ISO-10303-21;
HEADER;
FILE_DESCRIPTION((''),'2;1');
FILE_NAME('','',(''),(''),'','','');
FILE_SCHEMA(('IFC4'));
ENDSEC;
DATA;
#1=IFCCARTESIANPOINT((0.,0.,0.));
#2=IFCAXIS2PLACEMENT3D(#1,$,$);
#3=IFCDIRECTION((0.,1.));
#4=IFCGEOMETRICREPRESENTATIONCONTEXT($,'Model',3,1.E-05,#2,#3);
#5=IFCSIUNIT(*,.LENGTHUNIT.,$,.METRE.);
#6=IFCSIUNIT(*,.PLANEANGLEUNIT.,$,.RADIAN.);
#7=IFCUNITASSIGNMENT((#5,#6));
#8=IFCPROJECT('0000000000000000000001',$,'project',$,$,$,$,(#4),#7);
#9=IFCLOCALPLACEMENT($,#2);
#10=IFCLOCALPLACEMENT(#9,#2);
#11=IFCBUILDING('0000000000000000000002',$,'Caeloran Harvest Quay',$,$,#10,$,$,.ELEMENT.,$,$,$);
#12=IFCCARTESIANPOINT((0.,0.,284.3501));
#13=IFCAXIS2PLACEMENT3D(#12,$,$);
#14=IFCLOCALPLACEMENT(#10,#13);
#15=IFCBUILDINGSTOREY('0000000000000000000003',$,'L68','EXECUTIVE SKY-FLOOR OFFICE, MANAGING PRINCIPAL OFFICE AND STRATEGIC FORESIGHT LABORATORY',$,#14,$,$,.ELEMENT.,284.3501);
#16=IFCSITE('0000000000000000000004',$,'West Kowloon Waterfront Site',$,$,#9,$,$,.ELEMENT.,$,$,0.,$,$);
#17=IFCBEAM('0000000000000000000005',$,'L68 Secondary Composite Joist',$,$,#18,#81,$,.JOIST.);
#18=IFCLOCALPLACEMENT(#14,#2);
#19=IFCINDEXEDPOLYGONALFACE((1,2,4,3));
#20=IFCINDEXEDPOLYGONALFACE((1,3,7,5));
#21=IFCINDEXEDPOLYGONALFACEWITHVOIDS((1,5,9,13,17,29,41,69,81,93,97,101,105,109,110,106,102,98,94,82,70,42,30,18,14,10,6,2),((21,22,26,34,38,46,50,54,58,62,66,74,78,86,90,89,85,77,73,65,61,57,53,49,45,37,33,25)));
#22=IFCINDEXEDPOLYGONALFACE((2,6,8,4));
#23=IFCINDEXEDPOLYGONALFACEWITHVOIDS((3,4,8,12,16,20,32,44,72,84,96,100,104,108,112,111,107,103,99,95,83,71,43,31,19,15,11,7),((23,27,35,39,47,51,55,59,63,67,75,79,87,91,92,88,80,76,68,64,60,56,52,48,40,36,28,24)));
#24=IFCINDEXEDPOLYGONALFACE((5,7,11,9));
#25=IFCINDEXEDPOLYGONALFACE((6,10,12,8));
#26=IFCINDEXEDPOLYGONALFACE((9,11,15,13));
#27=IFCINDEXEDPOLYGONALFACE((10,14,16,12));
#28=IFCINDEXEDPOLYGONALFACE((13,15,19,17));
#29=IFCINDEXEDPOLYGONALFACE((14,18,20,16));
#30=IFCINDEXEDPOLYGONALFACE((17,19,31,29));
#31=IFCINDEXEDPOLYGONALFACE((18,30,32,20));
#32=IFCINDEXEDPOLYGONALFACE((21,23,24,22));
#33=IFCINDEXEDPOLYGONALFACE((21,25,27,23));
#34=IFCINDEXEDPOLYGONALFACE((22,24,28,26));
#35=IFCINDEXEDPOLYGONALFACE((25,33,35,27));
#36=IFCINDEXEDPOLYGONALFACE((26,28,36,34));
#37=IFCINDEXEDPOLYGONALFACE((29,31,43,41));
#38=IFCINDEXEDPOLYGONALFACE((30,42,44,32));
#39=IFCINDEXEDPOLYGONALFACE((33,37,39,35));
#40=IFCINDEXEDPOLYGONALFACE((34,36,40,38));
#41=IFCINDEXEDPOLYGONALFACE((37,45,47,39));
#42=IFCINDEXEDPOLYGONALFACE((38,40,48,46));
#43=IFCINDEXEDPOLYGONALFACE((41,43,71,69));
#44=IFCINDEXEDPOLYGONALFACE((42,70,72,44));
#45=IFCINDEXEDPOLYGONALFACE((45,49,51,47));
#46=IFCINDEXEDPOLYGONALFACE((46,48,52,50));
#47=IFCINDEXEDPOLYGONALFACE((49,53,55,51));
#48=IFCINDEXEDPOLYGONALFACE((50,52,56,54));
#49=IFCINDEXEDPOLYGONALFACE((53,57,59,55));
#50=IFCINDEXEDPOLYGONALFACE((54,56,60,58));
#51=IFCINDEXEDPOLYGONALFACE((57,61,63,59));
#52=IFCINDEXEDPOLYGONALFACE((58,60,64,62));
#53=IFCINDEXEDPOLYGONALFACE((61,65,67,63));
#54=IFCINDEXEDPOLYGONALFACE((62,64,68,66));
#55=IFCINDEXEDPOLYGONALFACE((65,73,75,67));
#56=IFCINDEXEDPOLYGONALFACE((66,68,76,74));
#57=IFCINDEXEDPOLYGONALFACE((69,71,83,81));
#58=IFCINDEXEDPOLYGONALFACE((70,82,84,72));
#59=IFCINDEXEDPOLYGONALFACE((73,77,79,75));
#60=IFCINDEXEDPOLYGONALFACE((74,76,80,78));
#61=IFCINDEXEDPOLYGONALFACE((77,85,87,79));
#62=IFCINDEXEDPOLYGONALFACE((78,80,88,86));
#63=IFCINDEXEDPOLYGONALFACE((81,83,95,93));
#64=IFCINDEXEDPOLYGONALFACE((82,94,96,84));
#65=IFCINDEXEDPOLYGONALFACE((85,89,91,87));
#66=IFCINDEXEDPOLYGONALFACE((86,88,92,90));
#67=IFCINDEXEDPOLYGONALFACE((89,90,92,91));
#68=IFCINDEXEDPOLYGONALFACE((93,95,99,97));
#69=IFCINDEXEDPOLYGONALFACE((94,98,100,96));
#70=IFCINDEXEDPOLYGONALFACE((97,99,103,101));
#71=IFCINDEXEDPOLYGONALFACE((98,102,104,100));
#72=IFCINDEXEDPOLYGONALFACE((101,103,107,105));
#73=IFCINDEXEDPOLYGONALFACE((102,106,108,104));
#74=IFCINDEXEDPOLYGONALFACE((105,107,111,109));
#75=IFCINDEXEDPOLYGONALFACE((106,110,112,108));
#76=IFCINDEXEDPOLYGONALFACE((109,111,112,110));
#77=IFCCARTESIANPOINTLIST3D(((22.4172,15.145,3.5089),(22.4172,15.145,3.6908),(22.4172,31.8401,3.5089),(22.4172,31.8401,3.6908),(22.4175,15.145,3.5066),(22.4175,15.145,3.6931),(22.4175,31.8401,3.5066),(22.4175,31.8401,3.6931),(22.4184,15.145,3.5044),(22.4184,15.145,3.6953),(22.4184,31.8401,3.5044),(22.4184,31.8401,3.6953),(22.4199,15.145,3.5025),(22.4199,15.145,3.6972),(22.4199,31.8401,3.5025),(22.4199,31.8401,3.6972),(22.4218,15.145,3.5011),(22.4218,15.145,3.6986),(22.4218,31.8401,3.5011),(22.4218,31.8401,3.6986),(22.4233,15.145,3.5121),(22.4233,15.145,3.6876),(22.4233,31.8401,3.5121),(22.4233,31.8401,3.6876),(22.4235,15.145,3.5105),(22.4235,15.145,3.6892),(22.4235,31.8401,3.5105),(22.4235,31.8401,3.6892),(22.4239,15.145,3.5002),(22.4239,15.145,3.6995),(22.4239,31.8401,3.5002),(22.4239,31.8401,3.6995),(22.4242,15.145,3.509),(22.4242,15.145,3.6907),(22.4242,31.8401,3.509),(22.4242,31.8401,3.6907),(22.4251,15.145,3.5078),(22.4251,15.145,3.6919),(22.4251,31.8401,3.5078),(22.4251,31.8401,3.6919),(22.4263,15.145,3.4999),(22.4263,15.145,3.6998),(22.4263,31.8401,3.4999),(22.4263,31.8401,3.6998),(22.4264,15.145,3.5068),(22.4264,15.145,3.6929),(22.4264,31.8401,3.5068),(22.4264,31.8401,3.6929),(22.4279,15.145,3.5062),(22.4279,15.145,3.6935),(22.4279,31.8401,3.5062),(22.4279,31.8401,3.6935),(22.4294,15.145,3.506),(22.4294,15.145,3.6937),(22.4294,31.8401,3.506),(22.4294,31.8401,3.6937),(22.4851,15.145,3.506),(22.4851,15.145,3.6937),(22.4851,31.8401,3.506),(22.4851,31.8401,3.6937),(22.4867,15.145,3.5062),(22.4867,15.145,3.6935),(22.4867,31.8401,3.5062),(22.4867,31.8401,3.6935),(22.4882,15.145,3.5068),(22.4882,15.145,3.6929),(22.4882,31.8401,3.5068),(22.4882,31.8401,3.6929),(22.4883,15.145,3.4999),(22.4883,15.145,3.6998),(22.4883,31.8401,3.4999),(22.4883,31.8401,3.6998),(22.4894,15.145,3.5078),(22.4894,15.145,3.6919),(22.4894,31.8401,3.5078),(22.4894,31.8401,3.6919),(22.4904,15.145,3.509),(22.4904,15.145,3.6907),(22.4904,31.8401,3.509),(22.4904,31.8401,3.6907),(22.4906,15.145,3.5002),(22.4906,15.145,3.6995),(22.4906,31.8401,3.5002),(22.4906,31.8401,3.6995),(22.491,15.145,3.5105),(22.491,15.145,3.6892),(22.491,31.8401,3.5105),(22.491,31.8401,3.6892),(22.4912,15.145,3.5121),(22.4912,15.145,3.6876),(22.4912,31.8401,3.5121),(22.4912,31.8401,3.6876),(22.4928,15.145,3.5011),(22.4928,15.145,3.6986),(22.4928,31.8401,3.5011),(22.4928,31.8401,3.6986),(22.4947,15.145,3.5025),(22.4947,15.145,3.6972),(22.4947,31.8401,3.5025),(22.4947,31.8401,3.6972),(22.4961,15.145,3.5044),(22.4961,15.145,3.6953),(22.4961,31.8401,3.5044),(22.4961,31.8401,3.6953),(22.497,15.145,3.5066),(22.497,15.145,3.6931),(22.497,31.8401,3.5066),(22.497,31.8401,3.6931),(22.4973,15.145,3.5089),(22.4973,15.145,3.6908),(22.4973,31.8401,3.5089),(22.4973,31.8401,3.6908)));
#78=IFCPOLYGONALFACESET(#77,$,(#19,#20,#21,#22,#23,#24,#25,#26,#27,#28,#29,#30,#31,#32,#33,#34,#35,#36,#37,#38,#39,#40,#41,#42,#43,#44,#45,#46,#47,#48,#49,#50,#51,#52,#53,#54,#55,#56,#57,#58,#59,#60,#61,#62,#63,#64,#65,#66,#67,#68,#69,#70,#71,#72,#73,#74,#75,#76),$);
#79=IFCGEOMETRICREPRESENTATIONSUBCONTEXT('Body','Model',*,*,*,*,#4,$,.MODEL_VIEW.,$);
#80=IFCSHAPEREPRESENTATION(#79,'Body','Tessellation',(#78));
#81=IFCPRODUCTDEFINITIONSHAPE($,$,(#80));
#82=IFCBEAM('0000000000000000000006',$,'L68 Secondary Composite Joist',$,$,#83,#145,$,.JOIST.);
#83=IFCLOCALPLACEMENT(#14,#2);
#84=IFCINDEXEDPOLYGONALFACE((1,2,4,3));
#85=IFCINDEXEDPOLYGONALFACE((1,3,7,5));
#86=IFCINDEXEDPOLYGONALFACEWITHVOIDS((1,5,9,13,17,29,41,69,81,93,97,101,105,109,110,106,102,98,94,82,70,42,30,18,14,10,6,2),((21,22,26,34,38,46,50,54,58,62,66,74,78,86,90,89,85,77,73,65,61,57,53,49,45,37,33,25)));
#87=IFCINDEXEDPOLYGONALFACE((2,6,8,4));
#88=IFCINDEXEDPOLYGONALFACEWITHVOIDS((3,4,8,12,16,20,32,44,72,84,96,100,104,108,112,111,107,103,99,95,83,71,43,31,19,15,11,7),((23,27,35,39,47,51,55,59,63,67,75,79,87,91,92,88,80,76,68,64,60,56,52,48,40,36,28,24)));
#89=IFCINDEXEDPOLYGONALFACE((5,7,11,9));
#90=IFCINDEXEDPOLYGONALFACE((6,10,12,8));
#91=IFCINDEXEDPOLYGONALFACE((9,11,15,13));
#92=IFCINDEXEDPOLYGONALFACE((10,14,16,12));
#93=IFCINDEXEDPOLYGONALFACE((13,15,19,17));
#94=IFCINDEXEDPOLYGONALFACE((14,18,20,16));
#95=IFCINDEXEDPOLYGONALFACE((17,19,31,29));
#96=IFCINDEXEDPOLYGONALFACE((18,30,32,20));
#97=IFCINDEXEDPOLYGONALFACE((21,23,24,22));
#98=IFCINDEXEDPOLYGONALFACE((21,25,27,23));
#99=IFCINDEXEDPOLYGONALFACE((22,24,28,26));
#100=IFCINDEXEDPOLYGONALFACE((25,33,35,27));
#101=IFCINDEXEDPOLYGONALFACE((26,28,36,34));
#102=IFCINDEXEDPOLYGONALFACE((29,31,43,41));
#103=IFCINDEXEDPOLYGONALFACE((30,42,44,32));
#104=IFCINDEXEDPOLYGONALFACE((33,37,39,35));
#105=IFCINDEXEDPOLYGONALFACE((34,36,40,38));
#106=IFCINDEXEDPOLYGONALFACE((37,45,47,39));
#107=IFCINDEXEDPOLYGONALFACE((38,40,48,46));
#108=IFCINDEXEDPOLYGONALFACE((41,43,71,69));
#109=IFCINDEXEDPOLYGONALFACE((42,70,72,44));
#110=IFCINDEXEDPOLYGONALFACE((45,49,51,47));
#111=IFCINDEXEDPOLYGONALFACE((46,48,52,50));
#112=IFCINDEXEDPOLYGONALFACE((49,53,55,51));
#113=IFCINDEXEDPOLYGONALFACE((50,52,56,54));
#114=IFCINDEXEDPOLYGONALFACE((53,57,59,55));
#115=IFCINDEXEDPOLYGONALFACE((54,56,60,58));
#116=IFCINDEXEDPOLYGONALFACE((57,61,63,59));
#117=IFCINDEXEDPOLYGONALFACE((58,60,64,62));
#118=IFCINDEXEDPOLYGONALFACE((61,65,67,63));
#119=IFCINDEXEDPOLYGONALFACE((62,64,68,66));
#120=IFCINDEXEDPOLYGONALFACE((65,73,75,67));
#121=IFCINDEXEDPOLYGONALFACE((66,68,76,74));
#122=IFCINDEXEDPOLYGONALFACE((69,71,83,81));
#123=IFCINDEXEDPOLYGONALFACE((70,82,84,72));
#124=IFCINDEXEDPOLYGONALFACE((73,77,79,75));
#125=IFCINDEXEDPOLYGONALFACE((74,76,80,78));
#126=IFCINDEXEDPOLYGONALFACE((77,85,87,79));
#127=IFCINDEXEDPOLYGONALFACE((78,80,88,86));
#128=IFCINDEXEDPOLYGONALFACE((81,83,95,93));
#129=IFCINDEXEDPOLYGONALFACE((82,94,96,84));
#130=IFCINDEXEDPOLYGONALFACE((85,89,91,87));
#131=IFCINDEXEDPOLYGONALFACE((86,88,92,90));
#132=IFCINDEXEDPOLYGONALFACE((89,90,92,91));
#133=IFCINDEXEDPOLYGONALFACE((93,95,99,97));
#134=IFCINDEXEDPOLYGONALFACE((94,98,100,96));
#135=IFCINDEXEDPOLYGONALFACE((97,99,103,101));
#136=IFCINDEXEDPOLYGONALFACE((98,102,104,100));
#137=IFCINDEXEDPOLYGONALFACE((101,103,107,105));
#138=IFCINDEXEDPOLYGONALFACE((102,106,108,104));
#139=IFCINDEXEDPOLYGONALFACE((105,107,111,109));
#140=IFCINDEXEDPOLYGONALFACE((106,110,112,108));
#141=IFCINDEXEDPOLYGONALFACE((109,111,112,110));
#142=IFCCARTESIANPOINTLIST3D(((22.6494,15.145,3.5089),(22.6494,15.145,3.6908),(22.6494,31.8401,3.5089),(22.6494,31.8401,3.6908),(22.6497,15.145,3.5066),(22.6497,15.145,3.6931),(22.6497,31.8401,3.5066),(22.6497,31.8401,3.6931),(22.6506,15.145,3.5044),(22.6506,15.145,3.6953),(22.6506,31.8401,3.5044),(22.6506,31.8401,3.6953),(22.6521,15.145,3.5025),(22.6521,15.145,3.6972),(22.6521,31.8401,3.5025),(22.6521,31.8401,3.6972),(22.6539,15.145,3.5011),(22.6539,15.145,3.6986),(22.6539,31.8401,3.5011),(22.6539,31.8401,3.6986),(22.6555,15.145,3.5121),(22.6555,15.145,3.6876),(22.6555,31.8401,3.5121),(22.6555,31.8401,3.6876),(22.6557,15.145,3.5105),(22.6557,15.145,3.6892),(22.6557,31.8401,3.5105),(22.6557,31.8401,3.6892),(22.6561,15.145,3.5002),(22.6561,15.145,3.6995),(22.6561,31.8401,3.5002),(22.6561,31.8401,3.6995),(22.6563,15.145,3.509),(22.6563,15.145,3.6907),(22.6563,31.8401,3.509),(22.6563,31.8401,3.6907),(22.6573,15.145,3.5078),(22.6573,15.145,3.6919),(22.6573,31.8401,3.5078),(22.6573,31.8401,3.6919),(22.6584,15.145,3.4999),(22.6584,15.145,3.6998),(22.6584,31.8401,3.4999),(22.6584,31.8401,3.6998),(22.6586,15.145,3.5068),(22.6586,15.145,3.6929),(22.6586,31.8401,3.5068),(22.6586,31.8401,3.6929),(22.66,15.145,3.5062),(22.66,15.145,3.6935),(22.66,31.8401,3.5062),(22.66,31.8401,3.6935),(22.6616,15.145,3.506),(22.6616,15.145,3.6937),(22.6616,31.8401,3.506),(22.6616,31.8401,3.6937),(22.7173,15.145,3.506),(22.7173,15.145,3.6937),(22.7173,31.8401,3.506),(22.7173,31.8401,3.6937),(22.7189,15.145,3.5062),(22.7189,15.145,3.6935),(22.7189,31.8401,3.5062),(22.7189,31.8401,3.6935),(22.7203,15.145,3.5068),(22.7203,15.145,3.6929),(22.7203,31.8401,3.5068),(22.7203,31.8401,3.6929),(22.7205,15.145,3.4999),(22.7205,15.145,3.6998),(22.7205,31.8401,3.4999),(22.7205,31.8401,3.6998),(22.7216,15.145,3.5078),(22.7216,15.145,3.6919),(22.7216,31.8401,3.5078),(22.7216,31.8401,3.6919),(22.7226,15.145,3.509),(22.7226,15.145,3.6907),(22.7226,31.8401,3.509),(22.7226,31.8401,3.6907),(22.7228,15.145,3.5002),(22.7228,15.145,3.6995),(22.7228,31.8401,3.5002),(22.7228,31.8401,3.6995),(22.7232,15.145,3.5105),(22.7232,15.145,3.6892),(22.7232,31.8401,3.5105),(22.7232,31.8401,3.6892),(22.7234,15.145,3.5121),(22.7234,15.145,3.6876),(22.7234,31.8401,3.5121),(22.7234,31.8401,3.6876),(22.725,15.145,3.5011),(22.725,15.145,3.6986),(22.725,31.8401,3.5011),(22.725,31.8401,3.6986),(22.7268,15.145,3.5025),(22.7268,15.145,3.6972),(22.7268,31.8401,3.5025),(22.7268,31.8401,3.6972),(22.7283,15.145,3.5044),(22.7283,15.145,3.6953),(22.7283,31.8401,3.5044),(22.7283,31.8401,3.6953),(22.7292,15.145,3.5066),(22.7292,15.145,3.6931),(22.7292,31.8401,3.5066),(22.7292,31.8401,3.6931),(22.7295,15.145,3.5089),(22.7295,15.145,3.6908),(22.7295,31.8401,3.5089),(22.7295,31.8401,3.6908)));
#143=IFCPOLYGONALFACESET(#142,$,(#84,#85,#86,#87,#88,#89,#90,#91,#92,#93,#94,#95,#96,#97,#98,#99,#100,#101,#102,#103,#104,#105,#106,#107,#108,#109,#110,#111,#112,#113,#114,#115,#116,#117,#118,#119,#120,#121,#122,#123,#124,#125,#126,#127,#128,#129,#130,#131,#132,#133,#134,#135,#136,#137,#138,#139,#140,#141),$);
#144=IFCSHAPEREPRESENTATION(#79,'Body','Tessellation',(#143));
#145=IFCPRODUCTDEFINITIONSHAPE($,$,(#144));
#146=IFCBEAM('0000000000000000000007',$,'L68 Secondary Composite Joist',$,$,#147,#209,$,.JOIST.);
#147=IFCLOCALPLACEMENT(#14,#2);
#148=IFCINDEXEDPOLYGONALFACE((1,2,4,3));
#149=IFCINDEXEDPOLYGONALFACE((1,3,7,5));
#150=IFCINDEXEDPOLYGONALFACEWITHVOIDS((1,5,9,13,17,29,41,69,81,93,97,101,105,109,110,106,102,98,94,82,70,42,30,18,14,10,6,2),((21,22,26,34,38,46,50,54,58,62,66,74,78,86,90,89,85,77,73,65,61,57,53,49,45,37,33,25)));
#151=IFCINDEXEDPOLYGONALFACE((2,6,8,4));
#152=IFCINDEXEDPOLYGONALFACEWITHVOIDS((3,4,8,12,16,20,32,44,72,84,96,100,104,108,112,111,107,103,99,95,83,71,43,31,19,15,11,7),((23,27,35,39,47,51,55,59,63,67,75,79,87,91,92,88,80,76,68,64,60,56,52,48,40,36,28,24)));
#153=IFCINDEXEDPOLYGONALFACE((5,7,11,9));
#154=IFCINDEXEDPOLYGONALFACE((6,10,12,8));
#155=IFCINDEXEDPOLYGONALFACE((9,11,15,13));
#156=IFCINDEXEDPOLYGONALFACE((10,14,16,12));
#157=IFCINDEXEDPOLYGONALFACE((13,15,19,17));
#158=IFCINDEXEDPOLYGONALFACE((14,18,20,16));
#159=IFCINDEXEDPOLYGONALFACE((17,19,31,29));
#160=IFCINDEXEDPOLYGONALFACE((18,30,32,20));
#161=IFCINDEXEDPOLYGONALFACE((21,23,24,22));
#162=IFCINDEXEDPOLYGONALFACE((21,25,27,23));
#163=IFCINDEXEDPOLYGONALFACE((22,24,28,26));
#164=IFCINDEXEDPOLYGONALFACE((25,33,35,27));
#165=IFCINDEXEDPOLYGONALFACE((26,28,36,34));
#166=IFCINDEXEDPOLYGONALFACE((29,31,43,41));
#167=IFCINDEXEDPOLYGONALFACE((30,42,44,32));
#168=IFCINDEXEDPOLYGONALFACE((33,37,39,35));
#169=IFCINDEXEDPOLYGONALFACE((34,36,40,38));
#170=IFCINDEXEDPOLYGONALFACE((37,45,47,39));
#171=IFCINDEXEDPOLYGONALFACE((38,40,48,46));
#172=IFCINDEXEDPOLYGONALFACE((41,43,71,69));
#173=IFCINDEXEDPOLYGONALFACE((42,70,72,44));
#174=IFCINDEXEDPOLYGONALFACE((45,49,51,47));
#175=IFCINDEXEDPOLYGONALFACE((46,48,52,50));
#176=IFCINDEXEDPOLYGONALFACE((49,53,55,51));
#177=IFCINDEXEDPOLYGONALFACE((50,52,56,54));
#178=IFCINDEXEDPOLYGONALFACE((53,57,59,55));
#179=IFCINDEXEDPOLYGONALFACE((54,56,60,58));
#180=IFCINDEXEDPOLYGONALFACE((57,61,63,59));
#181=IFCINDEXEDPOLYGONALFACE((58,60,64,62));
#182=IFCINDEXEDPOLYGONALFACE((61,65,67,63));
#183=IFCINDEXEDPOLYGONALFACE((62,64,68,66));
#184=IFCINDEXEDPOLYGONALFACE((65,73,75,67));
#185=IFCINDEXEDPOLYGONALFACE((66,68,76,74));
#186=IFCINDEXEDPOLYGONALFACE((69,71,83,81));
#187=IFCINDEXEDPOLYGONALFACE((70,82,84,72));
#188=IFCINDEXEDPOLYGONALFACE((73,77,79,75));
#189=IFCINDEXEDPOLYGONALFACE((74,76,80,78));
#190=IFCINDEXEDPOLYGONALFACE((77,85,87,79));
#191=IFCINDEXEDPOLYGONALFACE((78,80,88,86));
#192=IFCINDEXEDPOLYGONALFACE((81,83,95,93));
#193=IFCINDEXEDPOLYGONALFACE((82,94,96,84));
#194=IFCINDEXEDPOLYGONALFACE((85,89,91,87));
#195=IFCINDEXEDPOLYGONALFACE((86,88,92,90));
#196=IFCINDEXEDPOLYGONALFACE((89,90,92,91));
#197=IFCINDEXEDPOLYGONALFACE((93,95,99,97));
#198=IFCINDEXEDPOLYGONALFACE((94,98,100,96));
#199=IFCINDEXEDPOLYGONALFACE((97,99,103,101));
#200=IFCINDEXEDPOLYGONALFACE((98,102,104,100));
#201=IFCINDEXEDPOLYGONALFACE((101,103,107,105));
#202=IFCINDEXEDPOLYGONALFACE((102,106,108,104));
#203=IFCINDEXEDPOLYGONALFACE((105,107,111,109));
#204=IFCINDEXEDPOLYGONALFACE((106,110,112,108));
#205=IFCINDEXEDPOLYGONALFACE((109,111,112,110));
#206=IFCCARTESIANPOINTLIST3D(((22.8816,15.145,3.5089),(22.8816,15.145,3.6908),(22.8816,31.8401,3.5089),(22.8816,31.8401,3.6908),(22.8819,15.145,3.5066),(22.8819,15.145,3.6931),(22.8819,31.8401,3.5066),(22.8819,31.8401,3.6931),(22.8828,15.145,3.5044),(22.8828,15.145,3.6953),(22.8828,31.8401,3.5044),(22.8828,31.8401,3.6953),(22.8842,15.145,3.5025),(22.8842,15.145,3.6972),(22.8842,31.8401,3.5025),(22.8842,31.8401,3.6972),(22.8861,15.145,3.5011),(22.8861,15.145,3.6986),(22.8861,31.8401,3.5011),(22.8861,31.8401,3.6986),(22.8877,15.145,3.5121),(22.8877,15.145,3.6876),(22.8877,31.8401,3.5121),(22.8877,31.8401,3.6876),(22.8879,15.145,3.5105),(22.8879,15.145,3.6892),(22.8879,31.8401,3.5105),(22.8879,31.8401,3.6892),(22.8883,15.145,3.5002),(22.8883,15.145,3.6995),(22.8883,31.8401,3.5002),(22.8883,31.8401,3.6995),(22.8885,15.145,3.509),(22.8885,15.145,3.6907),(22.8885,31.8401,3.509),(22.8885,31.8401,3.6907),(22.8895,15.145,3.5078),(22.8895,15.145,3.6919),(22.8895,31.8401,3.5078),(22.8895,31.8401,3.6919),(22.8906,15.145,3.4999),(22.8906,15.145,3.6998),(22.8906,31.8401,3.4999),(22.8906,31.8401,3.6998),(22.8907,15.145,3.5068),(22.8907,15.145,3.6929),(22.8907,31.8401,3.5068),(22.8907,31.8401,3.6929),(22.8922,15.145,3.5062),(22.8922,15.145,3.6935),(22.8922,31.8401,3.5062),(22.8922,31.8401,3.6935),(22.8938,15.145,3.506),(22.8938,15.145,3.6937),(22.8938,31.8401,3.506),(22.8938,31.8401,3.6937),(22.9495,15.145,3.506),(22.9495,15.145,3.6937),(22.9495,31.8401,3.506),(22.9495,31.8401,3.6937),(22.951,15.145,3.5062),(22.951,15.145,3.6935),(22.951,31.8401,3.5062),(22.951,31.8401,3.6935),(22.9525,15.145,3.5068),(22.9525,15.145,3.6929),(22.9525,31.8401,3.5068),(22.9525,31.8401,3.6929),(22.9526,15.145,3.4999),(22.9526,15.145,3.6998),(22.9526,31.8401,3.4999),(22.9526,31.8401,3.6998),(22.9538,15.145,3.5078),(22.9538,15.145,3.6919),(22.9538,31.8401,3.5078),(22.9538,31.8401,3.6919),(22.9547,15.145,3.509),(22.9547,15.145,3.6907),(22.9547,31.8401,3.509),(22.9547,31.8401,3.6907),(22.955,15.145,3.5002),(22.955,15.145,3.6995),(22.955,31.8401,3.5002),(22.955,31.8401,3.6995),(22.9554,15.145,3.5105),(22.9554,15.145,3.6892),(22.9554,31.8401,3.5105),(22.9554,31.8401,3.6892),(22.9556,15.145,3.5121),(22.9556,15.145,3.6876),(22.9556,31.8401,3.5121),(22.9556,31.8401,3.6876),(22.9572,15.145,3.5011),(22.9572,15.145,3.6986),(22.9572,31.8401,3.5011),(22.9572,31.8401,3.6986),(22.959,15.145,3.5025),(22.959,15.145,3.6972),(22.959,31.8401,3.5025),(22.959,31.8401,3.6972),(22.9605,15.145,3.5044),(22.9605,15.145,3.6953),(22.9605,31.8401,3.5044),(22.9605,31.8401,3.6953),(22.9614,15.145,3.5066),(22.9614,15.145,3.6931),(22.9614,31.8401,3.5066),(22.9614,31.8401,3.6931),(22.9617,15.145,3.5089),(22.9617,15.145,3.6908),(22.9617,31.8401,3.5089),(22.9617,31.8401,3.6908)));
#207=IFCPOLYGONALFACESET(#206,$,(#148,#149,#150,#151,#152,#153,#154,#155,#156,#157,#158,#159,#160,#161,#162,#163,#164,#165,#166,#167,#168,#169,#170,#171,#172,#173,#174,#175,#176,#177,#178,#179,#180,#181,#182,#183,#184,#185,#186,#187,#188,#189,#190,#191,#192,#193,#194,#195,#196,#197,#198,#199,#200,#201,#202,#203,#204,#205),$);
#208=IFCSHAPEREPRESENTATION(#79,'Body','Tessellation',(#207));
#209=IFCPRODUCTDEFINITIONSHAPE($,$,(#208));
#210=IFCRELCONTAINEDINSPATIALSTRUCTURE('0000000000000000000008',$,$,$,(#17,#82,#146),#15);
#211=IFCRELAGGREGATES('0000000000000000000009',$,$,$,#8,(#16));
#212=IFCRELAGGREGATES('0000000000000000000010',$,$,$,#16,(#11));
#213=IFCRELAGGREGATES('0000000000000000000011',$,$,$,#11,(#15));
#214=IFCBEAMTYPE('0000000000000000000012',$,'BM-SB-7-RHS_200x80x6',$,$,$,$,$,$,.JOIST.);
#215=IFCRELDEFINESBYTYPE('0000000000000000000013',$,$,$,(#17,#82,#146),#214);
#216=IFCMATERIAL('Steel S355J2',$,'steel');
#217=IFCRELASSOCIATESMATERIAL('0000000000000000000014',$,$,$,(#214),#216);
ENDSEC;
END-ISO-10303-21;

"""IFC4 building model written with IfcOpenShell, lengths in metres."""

from ifc_helpers import new_model, si_unit, direction, frame, origin, origin_2d, place, context, subcontext, project, spatial, hollow_rectangle, extrude, material, material_profile, profile_set, type_object, element, save


model = new_model("IFC4")

# Units and contexts
model_context = context("Model", 3, precision=1e-05, world=origin(), true_north=direction((0.0, 1.0)))
body_context = subcontext(model_context, "Body", "Model", "MODEL_VIEW")
ifc_project = project(units=[si_unit("LENGTHUNIT", "METRE"), si_unit("PLANEANGLEUNIT", "RADIAN")], contexts=[model_context])

# Site, building, storey
site_placement = place(None, origin())
site = spatial("IfcSite", under=ifc_project, at=site_placement, Name="West Kowloon Waterfront Site", CompositionType="ELEMENT", RefElevation=0.0)
building_placement = place(site_placement, origin())
building = spatial("IfcBuilding", under=site, at=building_placement, Name="Caeloran Harvest Quay", CompositionType="ELEMENT")
storey_placement = place(building_placement, frame((0.0, 0.0, 284.3501)))
storey = spatial("IfcBuildingStorey", under=building, at=storey_placement, Name="L68", Description="EXECUTIVE SKY-FLOOR OFFICE, MANAGING PRINCIPAL OFFICE AND STRATEGIC FORESIGHT LABORATORY", CompositionType="ELEMENT", Elevation=284.3501)

# Beams
ifc_material_1 = material(Name="Steel S355J2", Category="steel")
ifc_material_profile_1 = material_profile(ifc_material_1, hollow_rectangle(XDim=0.0801, YDim=0.2, WallThickness=0.0061, InnerFilletRadius=0.0061, OuterFilletRadius=0.009, at=origin_2d()), Name="RHS 200x80x6")
ifc_profile_set_1 = profile_set([ifc_material_profile_1], Name="Steel S355J2")
beam_type_1 = type_object("IfcBeamType", Name="BM-SB-7-RHS_200x80x6", PredefinedType="JOIST", material=ifc_profile_set_1)
for number, where, z_axis, x_axis, name in (
    (1, (22.4573, 15.145, 3.5999), (0.0, 1.0, 0.0), (-1.0, 0.0, 0.0), "L68 Secondary Composite Joist"),
    (2, (22.6895, 15.145, 3.5999), (0.0, 1.0, 0.0), (-1.0, 0.0, 0.0), "L68 Secondary Composite Joist"),
    (3, (22.9216, 15.145, 3.5999), (0.0, 1.0, 0.0), (-1.0, 0.0, 0.0), "L68 Secondary Composite Joist"),
):
    element("IfcBeam", number, at=place(storey_placement, frame(where, z_axis=z_axis, x_axis=x_axis)), inside=storey, type_object=beam_type_1, Name=name, PredefinedType="JOIST", context=body_context, shape_type="SweptSolid", body=[
        extrude(hollow_rectangle(XDim=0.0801, YDim=0.2, WallThickness=0.0061, InnerFilletRadius=0.0061, OuterFilletRadius=0.009, at=origin_2d()), origin(), (0.0, 0.0, 1.0), 16.6951),
    ])

save(model, "model.ifc")
